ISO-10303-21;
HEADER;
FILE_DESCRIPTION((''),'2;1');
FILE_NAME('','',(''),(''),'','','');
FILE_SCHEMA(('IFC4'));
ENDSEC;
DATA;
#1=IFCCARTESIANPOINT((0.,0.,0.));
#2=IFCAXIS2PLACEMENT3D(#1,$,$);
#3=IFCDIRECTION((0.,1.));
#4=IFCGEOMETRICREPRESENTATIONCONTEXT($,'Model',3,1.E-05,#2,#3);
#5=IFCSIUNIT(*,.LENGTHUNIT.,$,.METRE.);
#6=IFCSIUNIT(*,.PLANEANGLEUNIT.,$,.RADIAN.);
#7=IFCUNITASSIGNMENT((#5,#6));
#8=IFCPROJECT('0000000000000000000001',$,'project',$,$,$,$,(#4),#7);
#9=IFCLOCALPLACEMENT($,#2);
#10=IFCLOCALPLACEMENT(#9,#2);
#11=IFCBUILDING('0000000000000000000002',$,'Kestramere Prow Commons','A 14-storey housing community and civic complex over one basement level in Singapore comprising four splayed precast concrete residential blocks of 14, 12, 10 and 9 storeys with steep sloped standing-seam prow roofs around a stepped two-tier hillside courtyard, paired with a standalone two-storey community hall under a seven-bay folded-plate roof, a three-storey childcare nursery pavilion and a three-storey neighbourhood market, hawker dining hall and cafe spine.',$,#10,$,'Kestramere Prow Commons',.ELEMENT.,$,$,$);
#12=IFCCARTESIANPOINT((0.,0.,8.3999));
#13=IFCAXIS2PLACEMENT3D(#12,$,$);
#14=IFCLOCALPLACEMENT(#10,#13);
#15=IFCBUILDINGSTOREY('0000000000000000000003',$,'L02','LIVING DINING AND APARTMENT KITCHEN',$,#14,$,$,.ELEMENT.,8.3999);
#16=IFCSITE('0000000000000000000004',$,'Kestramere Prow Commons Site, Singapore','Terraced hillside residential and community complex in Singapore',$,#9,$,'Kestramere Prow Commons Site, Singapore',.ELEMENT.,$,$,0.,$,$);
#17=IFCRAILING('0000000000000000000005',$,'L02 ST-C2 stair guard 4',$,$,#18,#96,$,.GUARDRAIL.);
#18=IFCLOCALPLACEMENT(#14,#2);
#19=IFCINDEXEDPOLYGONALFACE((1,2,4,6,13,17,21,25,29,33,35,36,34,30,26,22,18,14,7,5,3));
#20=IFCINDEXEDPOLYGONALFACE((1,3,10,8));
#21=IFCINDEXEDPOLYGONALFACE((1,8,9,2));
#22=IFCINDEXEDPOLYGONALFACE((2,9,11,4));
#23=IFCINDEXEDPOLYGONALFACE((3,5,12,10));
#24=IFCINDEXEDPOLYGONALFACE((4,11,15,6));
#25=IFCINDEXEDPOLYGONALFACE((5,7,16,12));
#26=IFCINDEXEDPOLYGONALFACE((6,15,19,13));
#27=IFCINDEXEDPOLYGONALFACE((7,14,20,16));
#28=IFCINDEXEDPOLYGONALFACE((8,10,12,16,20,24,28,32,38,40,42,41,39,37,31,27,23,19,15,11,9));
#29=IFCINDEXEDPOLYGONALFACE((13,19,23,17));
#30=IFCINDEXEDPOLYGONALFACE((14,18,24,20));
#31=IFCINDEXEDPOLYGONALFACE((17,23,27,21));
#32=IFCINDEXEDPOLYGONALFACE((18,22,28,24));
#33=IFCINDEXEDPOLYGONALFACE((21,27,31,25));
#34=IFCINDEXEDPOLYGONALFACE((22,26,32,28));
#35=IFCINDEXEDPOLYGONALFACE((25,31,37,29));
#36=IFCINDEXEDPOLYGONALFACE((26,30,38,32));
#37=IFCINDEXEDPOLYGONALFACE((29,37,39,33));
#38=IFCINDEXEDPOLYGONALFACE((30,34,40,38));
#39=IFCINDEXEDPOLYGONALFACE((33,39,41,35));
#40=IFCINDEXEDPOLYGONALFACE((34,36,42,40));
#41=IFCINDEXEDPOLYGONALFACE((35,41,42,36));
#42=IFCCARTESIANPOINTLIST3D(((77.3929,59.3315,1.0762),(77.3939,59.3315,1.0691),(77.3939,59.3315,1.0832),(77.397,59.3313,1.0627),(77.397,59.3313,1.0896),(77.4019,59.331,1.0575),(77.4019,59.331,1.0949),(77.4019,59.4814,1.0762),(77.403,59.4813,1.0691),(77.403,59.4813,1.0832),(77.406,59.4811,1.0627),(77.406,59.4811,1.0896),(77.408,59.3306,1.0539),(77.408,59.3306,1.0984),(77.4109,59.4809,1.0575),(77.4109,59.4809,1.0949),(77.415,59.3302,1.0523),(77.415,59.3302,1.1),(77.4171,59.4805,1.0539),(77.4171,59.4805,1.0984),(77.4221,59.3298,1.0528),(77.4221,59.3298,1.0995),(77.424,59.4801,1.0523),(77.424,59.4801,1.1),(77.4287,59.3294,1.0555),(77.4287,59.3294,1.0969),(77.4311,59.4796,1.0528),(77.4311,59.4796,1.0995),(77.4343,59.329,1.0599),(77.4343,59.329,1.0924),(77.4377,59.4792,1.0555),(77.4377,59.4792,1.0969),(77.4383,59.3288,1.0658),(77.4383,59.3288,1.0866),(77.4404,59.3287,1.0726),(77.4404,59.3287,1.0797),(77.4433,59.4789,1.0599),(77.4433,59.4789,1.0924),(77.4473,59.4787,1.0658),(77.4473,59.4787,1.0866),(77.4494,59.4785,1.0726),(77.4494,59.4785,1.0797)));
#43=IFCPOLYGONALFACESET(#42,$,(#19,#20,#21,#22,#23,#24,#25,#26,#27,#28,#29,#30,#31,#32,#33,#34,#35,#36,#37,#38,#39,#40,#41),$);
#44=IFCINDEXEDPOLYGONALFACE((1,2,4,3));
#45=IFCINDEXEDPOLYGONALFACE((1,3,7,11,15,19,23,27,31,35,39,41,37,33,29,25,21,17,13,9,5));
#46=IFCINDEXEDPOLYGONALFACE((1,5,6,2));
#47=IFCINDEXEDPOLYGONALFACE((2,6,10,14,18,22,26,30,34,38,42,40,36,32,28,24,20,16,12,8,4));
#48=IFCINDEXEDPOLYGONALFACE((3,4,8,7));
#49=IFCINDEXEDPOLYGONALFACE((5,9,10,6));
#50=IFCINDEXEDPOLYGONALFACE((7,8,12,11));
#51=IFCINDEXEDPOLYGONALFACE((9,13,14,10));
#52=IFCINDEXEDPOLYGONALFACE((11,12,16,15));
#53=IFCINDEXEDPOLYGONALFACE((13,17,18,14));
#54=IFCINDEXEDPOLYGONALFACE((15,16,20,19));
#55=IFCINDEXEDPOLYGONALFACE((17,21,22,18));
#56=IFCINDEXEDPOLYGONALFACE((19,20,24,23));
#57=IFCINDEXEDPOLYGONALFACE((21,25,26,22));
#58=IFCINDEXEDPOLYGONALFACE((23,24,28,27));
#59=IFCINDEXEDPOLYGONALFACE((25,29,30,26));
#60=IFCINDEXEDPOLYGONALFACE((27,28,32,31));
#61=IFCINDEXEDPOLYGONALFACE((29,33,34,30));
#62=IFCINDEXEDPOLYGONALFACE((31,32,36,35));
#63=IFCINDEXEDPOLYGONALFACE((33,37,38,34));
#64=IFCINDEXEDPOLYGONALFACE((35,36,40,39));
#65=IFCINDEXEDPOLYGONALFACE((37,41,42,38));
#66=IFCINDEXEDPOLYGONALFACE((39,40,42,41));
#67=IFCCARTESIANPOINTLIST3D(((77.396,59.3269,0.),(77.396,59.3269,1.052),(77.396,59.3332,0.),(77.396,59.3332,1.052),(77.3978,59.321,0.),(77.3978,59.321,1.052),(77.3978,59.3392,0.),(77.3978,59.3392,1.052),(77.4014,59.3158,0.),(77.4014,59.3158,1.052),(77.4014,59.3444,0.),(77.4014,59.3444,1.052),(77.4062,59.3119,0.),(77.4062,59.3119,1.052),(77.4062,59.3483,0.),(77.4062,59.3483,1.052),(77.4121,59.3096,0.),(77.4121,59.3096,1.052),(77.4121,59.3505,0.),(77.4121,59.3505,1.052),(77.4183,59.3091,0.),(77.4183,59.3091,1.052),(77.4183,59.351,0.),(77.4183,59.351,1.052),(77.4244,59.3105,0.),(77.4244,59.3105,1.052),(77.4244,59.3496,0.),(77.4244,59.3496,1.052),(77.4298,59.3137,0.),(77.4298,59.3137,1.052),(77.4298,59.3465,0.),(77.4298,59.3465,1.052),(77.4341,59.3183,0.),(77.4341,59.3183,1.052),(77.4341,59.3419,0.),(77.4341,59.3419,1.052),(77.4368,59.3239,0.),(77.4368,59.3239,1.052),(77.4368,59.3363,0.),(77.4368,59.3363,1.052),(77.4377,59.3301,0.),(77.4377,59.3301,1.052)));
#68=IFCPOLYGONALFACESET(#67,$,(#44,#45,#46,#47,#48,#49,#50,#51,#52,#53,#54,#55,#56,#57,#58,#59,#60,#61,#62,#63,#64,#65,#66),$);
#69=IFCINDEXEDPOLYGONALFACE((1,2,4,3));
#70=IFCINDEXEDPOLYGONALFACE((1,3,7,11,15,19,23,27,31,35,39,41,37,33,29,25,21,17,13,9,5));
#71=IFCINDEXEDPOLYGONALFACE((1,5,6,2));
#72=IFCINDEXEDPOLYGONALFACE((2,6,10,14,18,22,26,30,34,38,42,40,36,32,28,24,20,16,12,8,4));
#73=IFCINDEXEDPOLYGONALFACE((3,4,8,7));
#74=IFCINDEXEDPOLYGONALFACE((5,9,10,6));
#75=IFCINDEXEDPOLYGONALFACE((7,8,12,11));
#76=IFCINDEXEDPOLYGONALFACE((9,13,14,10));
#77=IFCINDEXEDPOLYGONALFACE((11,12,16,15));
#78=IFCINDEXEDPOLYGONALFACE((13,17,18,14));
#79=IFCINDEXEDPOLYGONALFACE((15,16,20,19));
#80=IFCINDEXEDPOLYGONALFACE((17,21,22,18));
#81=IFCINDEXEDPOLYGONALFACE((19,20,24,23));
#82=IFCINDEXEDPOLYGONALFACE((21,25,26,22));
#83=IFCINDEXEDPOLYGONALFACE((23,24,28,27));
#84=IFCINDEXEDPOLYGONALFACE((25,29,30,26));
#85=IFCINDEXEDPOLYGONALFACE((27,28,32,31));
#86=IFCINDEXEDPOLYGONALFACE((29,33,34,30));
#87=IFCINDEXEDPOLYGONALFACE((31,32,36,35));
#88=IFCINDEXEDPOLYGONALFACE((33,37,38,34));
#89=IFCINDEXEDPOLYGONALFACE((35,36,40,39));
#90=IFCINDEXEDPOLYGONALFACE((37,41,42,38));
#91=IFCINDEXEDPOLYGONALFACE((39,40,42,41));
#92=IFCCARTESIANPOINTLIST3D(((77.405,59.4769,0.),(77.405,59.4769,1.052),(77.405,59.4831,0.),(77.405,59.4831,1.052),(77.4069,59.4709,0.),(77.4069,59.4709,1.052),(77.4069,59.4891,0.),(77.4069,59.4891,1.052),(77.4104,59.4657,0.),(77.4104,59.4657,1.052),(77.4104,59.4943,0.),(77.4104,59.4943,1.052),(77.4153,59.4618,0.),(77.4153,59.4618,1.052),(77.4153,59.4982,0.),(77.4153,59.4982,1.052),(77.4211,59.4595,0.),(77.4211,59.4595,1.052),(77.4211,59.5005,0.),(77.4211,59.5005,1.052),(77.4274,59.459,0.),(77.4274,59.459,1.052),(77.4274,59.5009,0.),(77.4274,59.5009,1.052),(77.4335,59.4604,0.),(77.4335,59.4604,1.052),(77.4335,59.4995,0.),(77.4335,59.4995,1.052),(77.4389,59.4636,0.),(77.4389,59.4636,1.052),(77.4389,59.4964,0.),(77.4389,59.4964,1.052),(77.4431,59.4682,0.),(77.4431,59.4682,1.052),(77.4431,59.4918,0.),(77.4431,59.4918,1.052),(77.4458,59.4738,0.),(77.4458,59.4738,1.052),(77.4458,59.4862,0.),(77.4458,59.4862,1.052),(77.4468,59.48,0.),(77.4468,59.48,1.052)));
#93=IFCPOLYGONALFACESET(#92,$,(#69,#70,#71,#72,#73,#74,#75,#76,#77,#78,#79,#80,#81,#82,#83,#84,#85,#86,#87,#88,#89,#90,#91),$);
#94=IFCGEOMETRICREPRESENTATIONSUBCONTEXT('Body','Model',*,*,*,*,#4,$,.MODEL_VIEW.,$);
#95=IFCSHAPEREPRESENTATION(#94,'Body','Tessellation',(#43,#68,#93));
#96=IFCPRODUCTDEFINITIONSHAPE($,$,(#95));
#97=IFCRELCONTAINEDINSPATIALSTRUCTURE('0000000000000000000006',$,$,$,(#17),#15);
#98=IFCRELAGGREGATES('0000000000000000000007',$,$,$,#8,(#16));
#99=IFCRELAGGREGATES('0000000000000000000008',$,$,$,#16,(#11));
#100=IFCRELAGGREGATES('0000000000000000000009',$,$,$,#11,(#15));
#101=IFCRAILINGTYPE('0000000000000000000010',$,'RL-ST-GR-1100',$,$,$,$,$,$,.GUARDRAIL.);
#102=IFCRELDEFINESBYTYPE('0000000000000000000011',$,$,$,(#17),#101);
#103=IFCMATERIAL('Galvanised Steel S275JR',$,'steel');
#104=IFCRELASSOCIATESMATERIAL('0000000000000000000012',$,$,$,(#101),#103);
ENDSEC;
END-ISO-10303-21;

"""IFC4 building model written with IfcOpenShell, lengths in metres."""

from ifc_helpers import new_model, si_unit, direction, frame, origin, origin_2d, place, context, subcontext, project, spatial, circle, extrude, material, type_object, element, save


model = new_model("IFC4")

# Units and contexts
model_context = context("Model", 3, precision=1e-05, world=origin(), true_north=direction((0.0, 1.0)))
body_context = subcontext(model_context, "Body", "Model", "MODEL_VIEW")
ifc_project = project(units=[si_unit("LENGTHUNIT", "METRE"), si_unit("PLANEANGLEUNIT", "RADIAN")], contexts=[model_context])

# Site, building, storey
site_placement = place(None, origin())
site = spatial("IfcSite", under=ifc_project, at=site_placement, Name="Kestramere Prow Commons Site, Singapore", Description="Terraced hillside residential and community complex in Singapore", LongName="Kestramere Prow Commons Site, Singapore", CompositionType="ELEMENT", RefElevation=0.0)
building_placement = place(site_placement, origin())
building = spatial("IfcBuilding", under=site, at=building_placement, Name="Kestramere Prow Commons", Description="A 14-storey housing community and civic complex over one basement level in Singapore comprising four splayed precast concrete residential blocks of 14, 12, 10 and 9 storeys with steep sloped standing-seam prow roofs around a stepped two-tier hillside courtyard, paired with a standalone two-storey community hall under a seven-bay folded-plate roof, a three-storey childcare nursery pavilion and a three-storey neighbourhood market, hawker dining hall and cafe spine.", LongName="Kestramere Prow Commons", CompositionType="ELEMENT")
storey_placement = place(building_placement, frame((0.0, 0.0, 8.3999)))
storey = spatial("IfcBuildingStorey", under=building, at=storey_placement, Name="L02", Description="LIVING DINING AND APARTMENT KITCHEN", CompositionType="ELEMENT", Elevation=8.3999)

# Railing
ifc_material_1 = material(Name="Galvanised Steel S275JR", Category="steel")
railing_type = type_object("IfcRailingType", Name="RL-ST-GR-1100", PredefinedType="GUARDRAIL", material=ifc_material_1)
railing_1_placement = place(storey_placement, frame((77.4167, 59.3301, 0.0)))
element("IfcRailing", 1, at=railing_1_placement, inside=storey, type_object=railing_type, Name="L02 ST-C2 stair guard 4", PredefinedType="GUARDRAIL", context=body_context, shape_type="SweptSolid", body=[
    extrude(circle(Radius=0.0239, at=origin_2d()), frame((0.0, 0.0, 1.0762), z_axis=(0.060151, 0.998189, 0.0), x_axis=(-0.998189, 0.060151, 0.0)), (0.0, 0.0, 1.0), 0.1501),
    extrude(circle(Radius=0.021, at=origin_2d()), origin(), (0.0, 0.0, 1.0), 1.052),
    extrude(circle(Radius=0.021, at=origin_2d()), frame((0.009, 0.1499, 0.0)), (0.0, 0.0, 1.0), 1.052),
])

save(model, "model.ifc")
